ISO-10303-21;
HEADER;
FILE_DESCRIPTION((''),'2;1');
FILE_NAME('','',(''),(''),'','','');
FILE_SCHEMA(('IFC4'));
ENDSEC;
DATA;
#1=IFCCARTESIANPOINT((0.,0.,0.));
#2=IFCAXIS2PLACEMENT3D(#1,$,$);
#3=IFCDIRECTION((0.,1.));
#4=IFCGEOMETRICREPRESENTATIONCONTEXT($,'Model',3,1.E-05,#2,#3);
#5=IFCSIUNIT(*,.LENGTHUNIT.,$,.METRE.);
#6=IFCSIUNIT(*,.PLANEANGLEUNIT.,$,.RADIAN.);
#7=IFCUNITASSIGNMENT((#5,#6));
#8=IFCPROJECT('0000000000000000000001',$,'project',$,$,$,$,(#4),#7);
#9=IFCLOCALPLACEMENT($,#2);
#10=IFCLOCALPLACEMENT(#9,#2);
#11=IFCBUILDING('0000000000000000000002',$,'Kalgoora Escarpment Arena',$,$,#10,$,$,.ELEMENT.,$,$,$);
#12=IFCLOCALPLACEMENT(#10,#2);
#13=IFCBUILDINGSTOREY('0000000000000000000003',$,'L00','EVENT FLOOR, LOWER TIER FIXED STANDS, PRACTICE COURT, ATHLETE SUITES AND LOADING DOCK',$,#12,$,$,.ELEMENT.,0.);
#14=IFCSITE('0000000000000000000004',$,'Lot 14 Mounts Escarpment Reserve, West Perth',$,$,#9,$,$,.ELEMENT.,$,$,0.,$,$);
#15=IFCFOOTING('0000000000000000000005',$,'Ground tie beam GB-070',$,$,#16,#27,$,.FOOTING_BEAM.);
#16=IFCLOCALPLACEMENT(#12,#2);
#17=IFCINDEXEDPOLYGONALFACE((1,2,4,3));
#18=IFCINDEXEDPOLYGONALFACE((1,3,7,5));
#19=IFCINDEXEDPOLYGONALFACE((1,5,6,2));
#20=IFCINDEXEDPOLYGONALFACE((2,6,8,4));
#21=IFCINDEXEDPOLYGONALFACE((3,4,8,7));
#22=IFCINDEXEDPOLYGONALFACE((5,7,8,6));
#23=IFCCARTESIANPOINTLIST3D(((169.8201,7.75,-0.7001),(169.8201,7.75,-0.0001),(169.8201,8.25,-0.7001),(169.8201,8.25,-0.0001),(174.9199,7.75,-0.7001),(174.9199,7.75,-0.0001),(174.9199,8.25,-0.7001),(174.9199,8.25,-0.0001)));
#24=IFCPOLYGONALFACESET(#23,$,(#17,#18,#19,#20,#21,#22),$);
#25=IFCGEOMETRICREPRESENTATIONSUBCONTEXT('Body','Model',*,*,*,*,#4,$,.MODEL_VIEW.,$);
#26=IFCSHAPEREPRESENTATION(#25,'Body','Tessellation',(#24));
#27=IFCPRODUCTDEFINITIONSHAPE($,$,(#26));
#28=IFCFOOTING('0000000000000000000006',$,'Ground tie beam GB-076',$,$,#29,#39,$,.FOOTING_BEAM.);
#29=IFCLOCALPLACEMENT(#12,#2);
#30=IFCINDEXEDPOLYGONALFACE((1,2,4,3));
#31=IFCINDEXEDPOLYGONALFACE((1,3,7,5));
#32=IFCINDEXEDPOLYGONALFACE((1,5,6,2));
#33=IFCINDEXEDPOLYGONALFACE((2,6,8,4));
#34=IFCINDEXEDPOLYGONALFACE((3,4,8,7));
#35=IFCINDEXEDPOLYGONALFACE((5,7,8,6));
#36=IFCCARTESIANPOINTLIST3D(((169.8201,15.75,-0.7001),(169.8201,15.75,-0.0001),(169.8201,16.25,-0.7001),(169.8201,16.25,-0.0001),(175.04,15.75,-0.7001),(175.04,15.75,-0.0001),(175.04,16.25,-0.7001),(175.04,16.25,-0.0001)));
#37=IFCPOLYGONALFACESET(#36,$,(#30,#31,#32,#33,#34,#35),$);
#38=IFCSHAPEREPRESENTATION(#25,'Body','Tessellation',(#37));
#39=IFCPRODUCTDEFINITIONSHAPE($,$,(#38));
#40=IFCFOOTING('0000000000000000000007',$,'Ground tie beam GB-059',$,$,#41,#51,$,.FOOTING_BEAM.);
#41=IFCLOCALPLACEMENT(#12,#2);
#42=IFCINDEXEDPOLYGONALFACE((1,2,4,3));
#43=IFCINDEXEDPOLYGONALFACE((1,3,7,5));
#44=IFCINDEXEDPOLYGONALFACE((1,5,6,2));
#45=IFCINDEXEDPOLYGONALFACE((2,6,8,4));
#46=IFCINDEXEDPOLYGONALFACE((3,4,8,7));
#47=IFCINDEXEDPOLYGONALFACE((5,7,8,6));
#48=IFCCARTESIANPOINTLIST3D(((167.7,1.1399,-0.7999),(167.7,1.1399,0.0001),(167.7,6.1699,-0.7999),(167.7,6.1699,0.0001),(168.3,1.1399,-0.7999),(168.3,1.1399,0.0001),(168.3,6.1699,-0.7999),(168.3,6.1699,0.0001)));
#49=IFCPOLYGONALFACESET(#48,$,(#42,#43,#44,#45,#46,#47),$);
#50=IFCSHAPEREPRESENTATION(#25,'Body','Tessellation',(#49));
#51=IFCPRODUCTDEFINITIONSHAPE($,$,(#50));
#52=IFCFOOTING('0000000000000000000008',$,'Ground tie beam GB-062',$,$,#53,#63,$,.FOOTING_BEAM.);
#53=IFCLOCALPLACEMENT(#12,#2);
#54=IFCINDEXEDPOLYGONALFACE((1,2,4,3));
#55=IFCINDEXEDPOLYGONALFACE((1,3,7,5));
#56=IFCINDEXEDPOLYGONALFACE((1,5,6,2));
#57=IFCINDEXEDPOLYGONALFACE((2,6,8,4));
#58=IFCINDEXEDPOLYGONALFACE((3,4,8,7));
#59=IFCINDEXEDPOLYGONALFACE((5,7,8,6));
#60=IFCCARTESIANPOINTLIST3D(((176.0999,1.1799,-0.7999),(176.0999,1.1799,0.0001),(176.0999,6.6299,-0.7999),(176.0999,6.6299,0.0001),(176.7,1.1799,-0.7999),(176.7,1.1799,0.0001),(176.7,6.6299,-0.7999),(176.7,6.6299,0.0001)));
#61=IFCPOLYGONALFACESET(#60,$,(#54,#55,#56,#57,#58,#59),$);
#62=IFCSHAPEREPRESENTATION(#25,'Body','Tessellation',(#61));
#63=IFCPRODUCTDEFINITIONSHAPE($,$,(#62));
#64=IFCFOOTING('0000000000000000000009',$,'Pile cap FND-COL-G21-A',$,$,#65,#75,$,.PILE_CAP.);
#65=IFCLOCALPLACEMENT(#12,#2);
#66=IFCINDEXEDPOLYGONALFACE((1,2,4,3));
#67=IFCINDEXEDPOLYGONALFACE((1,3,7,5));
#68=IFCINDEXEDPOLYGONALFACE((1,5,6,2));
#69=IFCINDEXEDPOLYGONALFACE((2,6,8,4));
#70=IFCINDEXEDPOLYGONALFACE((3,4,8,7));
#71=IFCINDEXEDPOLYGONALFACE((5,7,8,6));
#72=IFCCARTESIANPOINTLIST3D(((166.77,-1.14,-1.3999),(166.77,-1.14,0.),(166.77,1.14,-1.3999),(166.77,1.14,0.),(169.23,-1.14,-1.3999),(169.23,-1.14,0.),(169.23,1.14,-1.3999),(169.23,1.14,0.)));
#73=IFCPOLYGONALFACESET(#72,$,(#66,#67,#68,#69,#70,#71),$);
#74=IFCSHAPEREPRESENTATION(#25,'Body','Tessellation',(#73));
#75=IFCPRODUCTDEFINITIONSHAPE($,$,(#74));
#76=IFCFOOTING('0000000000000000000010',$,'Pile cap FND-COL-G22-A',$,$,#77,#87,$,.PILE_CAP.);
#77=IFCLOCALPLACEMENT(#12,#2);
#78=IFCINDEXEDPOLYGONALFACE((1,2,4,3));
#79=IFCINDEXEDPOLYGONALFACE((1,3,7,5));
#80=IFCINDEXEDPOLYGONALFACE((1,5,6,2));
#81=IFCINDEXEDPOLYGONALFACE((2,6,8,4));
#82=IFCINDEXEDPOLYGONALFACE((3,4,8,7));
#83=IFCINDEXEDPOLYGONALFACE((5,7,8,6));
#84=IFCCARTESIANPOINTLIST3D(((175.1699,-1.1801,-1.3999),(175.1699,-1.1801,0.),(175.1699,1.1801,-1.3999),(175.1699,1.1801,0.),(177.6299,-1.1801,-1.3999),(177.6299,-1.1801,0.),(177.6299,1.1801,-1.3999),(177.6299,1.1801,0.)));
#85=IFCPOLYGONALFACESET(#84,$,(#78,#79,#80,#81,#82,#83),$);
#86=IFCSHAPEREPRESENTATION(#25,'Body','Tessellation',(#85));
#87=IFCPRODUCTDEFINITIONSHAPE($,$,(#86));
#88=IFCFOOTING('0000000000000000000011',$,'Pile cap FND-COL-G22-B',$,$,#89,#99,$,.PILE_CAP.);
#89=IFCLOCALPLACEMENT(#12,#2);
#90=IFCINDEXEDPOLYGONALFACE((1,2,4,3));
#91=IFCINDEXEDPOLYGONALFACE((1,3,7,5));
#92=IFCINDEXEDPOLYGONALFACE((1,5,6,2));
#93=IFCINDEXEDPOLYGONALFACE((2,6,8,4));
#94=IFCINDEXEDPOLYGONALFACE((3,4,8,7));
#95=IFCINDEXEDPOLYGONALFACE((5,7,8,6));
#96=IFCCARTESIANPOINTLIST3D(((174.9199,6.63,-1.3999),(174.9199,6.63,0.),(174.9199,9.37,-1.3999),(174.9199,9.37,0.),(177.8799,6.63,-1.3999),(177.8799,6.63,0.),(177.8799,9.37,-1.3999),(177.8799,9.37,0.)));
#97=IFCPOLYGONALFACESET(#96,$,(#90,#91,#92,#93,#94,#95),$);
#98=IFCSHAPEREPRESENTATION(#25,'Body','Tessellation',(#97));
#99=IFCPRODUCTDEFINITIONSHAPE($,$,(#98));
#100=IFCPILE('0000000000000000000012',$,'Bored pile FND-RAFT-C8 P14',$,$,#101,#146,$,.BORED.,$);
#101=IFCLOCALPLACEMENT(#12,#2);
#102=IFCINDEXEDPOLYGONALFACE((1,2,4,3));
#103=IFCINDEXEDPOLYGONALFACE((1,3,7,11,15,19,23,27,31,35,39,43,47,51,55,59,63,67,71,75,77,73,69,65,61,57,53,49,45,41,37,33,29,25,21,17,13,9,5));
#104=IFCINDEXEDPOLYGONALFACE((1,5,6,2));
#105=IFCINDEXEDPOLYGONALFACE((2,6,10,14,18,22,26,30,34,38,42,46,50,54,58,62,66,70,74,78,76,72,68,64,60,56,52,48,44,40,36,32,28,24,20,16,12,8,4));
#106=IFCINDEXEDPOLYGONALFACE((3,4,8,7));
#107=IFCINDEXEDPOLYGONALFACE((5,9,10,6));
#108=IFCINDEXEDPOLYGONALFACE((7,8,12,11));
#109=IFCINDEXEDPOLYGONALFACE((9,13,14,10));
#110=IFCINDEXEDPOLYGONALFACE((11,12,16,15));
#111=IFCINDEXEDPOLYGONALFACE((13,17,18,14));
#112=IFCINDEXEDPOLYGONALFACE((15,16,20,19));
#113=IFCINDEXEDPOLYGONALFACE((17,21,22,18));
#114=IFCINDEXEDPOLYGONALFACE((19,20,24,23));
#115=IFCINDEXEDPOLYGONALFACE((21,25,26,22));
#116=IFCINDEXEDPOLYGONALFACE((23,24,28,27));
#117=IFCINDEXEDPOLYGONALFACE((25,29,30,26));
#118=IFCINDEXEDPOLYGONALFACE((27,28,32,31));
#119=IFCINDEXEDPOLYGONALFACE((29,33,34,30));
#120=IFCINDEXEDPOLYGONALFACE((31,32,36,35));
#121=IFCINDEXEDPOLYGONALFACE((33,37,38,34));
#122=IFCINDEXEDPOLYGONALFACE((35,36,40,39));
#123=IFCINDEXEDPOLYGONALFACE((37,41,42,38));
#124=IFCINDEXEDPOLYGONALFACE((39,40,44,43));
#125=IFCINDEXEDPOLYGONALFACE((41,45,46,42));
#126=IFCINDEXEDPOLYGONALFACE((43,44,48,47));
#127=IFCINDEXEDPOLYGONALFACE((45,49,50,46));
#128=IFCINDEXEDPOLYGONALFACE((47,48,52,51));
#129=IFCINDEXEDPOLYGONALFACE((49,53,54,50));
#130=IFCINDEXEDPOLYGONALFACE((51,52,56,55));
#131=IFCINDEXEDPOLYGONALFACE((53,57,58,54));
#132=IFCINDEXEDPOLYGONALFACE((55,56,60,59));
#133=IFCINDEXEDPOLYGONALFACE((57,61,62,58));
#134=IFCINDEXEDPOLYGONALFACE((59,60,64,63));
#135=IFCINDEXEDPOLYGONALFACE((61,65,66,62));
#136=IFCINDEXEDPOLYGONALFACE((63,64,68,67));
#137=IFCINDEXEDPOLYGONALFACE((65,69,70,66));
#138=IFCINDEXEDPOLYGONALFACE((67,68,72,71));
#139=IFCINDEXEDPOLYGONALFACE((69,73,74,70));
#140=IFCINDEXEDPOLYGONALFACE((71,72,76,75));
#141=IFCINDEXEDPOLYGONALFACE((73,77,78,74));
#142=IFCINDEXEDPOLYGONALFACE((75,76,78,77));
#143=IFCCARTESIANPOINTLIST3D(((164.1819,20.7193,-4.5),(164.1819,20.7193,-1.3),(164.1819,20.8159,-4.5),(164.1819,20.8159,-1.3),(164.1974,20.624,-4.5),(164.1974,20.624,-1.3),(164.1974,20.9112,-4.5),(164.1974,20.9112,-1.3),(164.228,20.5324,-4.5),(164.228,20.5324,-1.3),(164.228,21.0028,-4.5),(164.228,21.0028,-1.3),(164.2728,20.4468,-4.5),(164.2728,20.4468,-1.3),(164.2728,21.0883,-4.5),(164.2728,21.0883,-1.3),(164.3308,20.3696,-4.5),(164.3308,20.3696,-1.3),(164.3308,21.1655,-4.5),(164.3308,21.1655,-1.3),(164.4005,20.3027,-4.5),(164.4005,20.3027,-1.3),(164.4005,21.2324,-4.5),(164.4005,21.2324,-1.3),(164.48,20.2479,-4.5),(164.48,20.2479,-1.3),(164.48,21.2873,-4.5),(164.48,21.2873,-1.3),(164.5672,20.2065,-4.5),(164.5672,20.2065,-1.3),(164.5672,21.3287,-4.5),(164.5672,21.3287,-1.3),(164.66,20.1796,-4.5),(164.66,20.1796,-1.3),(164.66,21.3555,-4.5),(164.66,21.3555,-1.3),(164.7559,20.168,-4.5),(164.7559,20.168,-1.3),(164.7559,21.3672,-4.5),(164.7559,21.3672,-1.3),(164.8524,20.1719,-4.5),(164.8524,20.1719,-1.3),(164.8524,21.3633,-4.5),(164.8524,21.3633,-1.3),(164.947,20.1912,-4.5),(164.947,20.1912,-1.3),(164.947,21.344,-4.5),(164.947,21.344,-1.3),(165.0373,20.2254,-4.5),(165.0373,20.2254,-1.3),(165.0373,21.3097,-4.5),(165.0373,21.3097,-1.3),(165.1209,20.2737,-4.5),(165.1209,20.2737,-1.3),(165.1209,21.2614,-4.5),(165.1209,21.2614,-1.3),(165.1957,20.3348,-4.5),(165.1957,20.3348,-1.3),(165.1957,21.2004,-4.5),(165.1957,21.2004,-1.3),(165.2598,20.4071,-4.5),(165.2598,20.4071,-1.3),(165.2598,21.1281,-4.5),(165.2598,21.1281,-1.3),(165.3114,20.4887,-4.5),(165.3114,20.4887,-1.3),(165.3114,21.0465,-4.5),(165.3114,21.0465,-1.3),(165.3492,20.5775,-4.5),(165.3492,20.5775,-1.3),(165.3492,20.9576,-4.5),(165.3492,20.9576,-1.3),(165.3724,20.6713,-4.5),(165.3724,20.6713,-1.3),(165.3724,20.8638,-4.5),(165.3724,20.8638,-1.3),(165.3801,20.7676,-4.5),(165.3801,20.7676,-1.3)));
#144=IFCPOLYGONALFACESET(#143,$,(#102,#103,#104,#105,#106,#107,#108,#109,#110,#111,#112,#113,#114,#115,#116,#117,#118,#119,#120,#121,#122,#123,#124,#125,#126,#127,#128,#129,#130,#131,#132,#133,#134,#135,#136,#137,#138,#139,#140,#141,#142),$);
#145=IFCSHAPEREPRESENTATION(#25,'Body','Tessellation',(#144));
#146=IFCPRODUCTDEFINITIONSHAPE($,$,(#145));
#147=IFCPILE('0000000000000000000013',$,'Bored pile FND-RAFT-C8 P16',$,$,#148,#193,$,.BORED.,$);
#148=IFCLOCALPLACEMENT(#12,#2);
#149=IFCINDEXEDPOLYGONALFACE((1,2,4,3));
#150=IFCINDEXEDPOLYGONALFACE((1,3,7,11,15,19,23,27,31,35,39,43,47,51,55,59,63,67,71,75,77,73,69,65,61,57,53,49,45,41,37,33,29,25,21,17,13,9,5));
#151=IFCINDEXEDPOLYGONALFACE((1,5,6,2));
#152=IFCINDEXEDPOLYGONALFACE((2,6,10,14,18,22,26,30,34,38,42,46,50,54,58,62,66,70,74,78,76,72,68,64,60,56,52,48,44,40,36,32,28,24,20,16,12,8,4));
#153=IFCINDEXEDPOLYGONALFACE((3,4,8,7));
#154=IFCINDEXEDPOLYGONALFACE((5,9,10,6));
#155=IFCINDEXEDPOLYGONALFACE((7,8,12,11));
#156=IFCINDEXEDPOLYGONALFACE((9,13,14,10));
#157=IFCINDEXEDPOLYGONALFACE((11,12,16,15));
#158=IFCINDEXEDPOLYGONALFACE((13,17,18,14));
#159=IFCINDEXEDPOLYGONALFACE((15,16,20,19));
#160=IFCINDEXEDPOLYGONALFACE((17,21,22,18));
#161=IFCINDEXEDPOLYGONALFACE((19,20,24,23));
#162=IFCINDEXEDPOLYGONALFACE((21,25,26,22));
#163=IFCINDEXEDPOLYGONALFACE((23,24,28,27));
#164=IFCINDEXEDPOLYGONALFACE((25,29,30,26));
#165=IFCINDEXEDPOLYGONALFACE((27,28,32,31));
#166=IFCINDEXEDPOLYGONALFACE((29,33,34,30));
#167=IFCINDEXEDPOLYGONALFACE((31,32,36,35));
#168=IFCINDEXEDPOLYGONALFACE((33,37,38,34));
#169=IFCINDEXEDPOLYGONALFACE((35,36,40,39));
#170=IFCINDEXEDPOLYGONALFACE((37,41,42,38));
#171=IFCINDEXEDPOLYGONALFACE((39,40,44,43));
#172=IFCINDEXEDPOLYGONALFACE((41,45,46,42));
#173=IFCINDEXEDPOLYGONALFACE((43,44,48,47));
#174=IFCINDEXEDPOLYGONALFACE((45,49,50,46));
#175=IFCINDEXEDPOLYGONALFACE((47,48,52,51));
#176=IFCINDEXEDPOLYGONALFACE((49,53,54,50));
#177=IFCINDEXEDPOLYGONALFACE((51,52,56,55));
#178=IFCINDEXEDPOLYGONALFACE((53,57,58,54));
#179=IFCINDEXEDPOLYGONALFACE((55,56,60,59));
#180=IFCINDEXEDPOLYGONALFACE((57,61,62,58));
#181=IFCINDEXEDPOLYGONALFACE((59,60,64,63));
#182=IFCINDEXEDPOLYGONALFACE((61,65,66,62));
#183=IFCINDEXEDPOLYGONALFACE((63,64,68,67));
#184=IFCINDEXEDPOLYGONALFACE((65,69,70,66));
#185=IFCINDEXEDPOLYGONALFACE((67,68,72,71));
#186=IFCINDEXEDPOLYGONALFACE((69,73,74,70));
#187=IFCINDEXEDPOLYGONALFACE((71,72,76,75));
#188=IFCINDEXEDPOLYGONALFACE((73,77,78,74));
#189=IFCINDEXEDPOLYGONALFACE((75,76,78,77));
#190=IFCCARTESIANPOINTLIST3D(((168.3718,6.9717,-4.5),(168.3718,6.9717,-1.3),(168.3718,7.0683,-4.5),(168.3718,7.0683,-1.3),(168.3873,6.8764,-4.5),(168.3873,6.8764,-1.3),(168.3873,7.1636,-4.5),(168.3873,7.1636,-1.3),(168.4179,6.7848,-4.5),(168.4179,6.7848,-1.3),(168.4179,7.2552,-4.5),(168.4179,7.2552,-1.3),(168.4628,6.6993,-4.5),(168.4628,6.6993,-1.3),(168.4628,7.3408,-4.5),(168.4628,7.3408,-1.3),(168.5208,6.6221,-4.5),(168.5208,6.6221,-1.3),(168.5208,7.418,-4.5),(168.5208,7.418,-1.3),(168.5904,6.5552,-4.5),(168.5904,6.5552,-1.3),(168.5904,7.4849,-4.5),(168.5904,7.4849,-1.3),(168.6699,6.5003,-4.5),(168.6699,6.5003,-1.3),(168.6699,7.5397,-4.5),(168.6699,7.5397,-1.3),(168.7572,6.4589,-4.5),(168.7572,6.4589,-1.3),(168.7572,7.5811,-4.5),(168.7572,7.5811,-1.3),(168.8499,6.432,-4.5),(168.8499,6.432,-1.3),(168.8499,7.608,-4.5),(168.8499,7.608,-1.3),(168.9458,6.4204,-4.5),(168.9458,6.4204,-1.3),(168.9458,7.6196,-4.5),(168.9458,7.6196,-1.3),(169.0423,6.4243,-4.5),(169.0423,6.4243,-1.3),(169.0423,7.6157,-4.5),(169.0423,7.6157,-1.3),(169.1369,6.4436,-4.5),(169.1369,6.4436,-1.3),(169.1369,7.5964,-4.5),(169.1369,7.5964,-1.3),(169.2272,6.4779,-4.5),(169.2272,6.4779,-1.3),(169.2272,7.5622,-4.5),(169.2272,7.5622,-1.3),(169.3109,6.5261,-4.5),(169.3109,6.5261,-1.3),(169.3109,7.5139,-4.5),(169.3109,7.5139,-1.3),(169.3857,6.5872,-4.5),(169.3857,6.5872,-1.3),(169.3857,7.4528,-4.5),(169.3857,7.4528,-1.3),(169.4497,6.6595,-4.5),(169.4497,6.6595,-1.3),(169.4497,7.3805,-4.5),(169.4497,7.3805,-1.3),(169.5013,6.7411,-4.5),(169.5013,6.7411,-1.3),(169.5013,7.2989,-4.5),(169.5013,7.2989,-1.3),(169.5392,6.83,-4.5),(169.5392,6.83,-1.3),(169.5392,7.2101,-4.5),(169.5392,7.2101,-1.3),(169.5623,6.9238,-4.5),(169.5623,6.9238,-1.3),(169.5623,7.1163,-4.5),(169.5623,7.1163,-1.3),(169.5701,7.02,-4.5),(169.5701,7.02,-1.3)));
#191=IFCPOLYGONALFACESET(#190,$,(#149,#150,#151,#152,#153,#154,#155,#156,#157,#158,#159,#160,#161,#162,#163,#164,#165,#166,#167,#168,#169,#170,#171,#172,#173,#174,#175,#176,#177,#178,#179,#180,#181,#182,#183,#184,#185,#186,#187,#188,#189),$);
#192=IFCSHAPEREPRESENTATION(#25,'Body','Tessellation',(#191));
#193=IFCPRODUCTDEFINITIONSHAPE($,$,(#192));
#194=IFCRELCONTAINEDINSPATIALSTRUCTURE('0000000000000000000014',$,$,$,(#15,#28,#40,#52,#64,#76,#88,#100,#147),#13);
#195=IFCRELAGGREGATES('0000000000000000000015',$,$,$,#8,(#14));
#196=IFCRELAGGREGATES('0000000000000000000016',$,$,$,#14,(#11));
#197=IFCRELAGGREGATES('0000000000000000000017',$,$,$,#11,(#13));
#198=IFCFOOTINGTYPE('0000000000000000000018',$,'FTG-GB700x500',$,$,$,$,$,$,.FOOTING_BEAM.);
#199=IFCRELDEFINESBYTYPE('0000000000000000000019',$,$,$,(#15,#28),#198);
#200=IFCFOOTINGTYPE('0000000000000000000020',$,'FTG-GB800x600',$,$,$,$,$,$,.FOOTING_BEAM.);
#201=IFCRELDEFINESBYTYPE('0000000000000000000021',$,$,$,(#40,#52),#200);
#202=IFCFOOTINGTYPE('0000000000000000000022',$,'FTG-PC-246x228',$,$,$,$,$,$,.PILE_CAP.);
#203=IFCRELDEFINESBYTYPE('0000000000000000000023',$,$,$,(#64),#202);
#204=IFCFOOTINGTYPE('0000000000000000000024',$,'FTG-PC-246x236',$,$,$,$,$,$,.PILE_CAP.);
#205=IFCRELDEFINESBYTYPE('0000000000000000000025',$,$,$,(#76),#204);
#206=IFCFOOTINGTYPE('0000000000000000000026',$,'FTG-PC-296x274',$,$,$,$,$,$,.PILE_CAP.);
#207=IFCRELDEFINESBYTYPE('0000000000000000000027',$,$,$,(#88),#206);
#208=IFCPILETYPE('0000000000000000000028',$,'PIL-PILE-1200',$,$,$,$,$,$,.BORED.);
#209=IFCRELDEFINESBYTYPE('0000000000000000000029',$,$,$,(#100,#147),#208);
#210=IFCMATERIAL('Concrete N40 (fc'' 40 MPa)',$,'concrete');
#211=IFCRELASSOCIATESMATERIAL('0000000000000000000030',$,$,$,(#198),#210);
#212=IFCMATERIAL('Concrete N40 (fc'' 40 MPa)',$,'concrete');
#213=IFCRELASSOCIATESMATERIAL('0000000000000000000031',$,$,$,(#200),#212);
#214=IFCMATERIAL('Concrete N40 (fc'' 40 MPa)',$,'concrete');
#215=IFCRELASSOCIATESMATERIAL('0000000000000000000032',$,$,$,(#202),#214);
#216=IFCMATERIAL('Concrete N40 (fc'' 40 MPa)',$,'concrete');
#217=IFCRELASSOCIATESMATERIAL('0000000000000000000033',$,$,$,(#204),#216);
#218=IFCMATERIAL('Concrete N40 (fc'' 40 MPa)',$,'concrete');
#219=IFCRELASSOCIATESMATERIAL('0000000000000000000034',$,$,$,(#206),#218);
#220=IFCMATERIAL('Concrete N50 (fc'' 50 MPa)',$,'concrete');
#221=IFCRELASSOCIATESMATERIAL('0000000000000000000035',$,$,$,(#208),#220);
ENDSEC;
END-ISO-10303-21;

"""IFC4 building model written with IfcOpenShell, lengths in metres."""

from ifc_helpers import new_model, si_unit, direction, frame, origin, origin_2d, place, context, subcontext, project, spatial, rectangle, circle, extrude, material, material_profile, profile_set, type_object, element, save


model = new_model("IFC4")

# Units and contexts
model_context = context("Model", 3, precision=1e-05, world=origin(), true_north=direction((0.0, 1.0)))
body_context = subcontext(model_context, "Body", "Model", "MODEL_VIEW")
ifc_project = project(units=[si_unit("LENGTHUNIT", "METRE"), si_unit("PLANEANGLEUNIT", "RADIAN")], contexts=[model_context])

# Site, building, storey
site_placement = place(None, origin())
site = spatial("IfcSite", under=ifc_project, at=site_placement, Name="Lot 14 Mounts Escarpment Reserve, West Perth", CompositionType="ELEMENT", RefElevation=0.0)
building_placement = place(site_placement, origin())
building = spatial("IfcBuilding", under=site, at=building_placement, Name="Kalgoora Escarpment Arena", CompositionType="ELEMENT")
storey_placement = place(building_placement, origin())
storey = spatial("IfcBuildingStorey", under=building, at=storey_placement, Name="L00", Description="EVENT FLOOR, LOWER TIER FIXED STANDS, PRACTICE COURT, ATHLETE SUITES AND LOADING DOCK", CompositionType="ELEMENT", Elevation=0.0)

# Footings
ifc_material_1 = material(Name="Concrete N40 (fc' 40 MPa)", Category="concrete")
ifc_material_profile_1 = material_profile(ifc_material_1, rectangle(XDim=0.5, YDim=0.7, at=origin_2d()))
ifc_profile_set_1 = profile_set([ifc_material_profile_1], Name="Concrete N40 (fc' 40 MPa)")
footing_type_1 = type_object("IfcFootingType", Name="FTG-GB700x500", PredefinedType="FOOTING_BEAM", material=ifc_profile_set_1)
footing_1_placement = place(storey_placement, frame((169.8201, 8.0, -0.3501), z_axis=(1.0, 0.0, 0.0), x_axis=(0.0, 1.0, 0.0)))
element("IfcFooting", 1, at=footing_1_placement, inside=storey, type_object=footing_type_1, Name="Ground tie beam GB-070", PredefinedType="FOOTING_BEAM", context=body_context, shape_type="SweptSolid", body=[
    extrude(rectangle(XDim=0.5, YDim=0.7, at=origin_2d()), origin(), (0.0, 0.0, 1.0), 5.0999),
])
footing_2_placement = place(storey_placement, frame((169.8201, 16.0, -0.3501), z_axis=(1.0, 0.0, 0.0), x_axis=(0.0, 1.0, 0.0)))
element("IfcFooting", 2, at=footing_2_placement, inside=storey, type_object=footing_type_1, Name="Ground tie beam GB-076", PredefinedType="FOOTING_BEAM", context=body_context, shape_type="SweptSolid", body=[
    extrude(rectangle(XDim=0.5, YDim=0.7, at=origin_2d()), origin(), (0.0, 0.0, 1.0), 5.22),
])
ifc_material_2 = material(Name="Concrete N40 (fc' 40 MPa)", Category="concrete")
ifc_material_profile_2 = material_profile(ifc_material_2, rectangle(XDim=0.6001, YDim=0.8, at=origin_2d()))
ifc_profile_set_2 = profile_set([ifc_material_profile_2], Name="Concrete N40 (fc' 40 MPa)")
footing_type_2 = type_object("IfcFootingType", Name="FTG-GB800x600", PredefinedType="FOOTING_BEAM", material=ifc_profile_set_2)
footing_3_placement = place(storey_placement, frame((168.0, 1.1399, -0.3999), z_axis=(0.0, 1.0, 0.0), x_axis=(-1.0, 0.0, 0.0)))
element("IfcFooting", 3, at=footing_3_placement, inside=storey, type_object=footing_type_2, Name="Ground tie beam GB-059", PredefinedType="FOOTING_BEAM", context=body_context, shape_type="SweptSolid", body=[
    extrude(rectangle(XDim=0.6001, YDim=0.8, at=origin_2d()), origin(), (0.0, 0.0, 1.0), 5.03),
])
footing_4_placement = place(storey_placement, frame((176.3999, 1.1799, -0.3999), z_axis=(0.0, 1.0, 0.0), x_axis=(-1.0, 0.0, 0.0)))
element("IfcFooting", 4, at=footing_4_placement, inside=storey, type_object=footing_type_2, Name="Ground tie beam GB-062", PredefinedType="FOOTING_BEAM", context=body_context, shape_type="SweptSolid", body=[
    extrude(rectangle(XDim=0.6001, YDim=0.8, at=origin_2d()), origin(), (0.0, 0.0, 1.0), 5.45),
])
ifc_material_3 = material(Name="Concrete N40 (fc' 40 MPa)", Category="concrete")
footing_type_3 = type_object("IfcFootingType", Name="FTG-PC-246x228", PredefinedType="PILE_CAP", material=ifc_material_3)
footing_5_placement = place(storey_placement, frame((168.0, 0.0, -1.3999), z_axis=(0.0, 0.0, 1.0), x_axis=(1.0, 0.0, 0.0)))
element("IfcFooting", 5, at=footing_5_placement, inside=storey, type_object=footing_type_3, Name="Pile cap FND-COL-G21-A", PredefinedType="PILE_CAP", context=body_context, shape_type="SweptSolid", body=[
    extrude(rectangle(XDim=2.46, YDim=2.28, at=origin_2d()), origin(), (0.0, 0.0, 1.0), 1.3999),
])
ifc_material_4 = material(Name="Concrete N40 (fc' 40 MPa)", Category="concrete")
footing_type_4 = type_object("IfcFootingType", Name="FTG-PC-246x236", PredefinedType="PILE_CAP", material=ifc_material_4)
footing_6_placement = place(storey_placement, frame((176.3999, 0.0, -1.3999), z_axis=(0.0, 0.0, 1.0), x_axis=(1.0, 0.0, 0.0)))
element("IfcFooting", 6, at=footing_6_placement, inside=storey, type_object=footing_type_4, Name="Pile cap FND-COL-G22-A", PredefinedType="PILE_CAP", context=body_context, shape_type="SweptSolid", body=[
    extrude(rectangle(XDim=2.46, YDim=2.3601, at=origin_2d()), origin(), (0.0, 0.0, 1.0), 1.3999),
])
ifc_material_5 = material(Name="Concrete N40 (fc' 40 MPa)", Category="concrete")
footing_type_5 = type_object("IfcFootingType", Name="FTG-PC-296x274", PredefinedType="PILE_CAP", material=ifc_material_5)
footing_7_placement = place(storey_placement, frame((176.3999, 8.0, -1.3999), z_axis=(0.0, 0.0, 1.0), x_axis=(1.0, 0.0, 0.0)))
element("IfcFooting", 7, at=footing_7_placement, inside=storey, type_object=footing_type_5, Name="Pile cap FND-COL-G22-B", PredefinedType="PILE_CAP", context=body_context, shape_type="SweptSolid", body=[
    extrude(rectangle(XDim=2.96, YDim=2.74, at=origin_2d()), origin(), (0.0, 0.0, 1.0), 1.3999),
])

# Piles
ifc_material_6 = material(Name="Concrete N50 (fc' 50 MPa)", Category="concrete")
ifc_material_profile_3 = material_profile(ifc_material_6, circle(Radius=0.6001, at=origin_2d()))
ifc_profile_set_3 = profile_set([ifc_material_profile_3], Name="Concrete N50 (fc' 50 MPa)")
pile_type_1 = type_object("IfcPileType", Name="PIL-PILE-1200", PredefinedType="BORED", material=ifc_profile_set_3)
for number, where, z_axis, x_axis, name in (
    (8, (164.78, 20.7676, -1.3), (0.0, 0.0, -1.0), (1.0, 0.0, 0.0), "Bored pile FND-RAFT-C8 P14"),
    (9, (168.97, 7.02, -1.3), (0.0, 0.0, -1.0), (1.0, 0.0, 0.0), "Bored pile FND-RAFT-C8 P16"),
):
    element("IfcPile", number, at=place(storey_placement, frame(where, z_axis=z_axis, x_axis=x_axis)), inside=storey, type_object=pile_type_1, Name=name, PredefinedType="BORED", context=body_context, shape_type="SweptSolid", body=[
        extrude(circle(Radius=0.6001, at=origin_2d()), origin(), (0.0, 0.0, 1.0), 3.2),
    ])

save(model, "model.ifc")
